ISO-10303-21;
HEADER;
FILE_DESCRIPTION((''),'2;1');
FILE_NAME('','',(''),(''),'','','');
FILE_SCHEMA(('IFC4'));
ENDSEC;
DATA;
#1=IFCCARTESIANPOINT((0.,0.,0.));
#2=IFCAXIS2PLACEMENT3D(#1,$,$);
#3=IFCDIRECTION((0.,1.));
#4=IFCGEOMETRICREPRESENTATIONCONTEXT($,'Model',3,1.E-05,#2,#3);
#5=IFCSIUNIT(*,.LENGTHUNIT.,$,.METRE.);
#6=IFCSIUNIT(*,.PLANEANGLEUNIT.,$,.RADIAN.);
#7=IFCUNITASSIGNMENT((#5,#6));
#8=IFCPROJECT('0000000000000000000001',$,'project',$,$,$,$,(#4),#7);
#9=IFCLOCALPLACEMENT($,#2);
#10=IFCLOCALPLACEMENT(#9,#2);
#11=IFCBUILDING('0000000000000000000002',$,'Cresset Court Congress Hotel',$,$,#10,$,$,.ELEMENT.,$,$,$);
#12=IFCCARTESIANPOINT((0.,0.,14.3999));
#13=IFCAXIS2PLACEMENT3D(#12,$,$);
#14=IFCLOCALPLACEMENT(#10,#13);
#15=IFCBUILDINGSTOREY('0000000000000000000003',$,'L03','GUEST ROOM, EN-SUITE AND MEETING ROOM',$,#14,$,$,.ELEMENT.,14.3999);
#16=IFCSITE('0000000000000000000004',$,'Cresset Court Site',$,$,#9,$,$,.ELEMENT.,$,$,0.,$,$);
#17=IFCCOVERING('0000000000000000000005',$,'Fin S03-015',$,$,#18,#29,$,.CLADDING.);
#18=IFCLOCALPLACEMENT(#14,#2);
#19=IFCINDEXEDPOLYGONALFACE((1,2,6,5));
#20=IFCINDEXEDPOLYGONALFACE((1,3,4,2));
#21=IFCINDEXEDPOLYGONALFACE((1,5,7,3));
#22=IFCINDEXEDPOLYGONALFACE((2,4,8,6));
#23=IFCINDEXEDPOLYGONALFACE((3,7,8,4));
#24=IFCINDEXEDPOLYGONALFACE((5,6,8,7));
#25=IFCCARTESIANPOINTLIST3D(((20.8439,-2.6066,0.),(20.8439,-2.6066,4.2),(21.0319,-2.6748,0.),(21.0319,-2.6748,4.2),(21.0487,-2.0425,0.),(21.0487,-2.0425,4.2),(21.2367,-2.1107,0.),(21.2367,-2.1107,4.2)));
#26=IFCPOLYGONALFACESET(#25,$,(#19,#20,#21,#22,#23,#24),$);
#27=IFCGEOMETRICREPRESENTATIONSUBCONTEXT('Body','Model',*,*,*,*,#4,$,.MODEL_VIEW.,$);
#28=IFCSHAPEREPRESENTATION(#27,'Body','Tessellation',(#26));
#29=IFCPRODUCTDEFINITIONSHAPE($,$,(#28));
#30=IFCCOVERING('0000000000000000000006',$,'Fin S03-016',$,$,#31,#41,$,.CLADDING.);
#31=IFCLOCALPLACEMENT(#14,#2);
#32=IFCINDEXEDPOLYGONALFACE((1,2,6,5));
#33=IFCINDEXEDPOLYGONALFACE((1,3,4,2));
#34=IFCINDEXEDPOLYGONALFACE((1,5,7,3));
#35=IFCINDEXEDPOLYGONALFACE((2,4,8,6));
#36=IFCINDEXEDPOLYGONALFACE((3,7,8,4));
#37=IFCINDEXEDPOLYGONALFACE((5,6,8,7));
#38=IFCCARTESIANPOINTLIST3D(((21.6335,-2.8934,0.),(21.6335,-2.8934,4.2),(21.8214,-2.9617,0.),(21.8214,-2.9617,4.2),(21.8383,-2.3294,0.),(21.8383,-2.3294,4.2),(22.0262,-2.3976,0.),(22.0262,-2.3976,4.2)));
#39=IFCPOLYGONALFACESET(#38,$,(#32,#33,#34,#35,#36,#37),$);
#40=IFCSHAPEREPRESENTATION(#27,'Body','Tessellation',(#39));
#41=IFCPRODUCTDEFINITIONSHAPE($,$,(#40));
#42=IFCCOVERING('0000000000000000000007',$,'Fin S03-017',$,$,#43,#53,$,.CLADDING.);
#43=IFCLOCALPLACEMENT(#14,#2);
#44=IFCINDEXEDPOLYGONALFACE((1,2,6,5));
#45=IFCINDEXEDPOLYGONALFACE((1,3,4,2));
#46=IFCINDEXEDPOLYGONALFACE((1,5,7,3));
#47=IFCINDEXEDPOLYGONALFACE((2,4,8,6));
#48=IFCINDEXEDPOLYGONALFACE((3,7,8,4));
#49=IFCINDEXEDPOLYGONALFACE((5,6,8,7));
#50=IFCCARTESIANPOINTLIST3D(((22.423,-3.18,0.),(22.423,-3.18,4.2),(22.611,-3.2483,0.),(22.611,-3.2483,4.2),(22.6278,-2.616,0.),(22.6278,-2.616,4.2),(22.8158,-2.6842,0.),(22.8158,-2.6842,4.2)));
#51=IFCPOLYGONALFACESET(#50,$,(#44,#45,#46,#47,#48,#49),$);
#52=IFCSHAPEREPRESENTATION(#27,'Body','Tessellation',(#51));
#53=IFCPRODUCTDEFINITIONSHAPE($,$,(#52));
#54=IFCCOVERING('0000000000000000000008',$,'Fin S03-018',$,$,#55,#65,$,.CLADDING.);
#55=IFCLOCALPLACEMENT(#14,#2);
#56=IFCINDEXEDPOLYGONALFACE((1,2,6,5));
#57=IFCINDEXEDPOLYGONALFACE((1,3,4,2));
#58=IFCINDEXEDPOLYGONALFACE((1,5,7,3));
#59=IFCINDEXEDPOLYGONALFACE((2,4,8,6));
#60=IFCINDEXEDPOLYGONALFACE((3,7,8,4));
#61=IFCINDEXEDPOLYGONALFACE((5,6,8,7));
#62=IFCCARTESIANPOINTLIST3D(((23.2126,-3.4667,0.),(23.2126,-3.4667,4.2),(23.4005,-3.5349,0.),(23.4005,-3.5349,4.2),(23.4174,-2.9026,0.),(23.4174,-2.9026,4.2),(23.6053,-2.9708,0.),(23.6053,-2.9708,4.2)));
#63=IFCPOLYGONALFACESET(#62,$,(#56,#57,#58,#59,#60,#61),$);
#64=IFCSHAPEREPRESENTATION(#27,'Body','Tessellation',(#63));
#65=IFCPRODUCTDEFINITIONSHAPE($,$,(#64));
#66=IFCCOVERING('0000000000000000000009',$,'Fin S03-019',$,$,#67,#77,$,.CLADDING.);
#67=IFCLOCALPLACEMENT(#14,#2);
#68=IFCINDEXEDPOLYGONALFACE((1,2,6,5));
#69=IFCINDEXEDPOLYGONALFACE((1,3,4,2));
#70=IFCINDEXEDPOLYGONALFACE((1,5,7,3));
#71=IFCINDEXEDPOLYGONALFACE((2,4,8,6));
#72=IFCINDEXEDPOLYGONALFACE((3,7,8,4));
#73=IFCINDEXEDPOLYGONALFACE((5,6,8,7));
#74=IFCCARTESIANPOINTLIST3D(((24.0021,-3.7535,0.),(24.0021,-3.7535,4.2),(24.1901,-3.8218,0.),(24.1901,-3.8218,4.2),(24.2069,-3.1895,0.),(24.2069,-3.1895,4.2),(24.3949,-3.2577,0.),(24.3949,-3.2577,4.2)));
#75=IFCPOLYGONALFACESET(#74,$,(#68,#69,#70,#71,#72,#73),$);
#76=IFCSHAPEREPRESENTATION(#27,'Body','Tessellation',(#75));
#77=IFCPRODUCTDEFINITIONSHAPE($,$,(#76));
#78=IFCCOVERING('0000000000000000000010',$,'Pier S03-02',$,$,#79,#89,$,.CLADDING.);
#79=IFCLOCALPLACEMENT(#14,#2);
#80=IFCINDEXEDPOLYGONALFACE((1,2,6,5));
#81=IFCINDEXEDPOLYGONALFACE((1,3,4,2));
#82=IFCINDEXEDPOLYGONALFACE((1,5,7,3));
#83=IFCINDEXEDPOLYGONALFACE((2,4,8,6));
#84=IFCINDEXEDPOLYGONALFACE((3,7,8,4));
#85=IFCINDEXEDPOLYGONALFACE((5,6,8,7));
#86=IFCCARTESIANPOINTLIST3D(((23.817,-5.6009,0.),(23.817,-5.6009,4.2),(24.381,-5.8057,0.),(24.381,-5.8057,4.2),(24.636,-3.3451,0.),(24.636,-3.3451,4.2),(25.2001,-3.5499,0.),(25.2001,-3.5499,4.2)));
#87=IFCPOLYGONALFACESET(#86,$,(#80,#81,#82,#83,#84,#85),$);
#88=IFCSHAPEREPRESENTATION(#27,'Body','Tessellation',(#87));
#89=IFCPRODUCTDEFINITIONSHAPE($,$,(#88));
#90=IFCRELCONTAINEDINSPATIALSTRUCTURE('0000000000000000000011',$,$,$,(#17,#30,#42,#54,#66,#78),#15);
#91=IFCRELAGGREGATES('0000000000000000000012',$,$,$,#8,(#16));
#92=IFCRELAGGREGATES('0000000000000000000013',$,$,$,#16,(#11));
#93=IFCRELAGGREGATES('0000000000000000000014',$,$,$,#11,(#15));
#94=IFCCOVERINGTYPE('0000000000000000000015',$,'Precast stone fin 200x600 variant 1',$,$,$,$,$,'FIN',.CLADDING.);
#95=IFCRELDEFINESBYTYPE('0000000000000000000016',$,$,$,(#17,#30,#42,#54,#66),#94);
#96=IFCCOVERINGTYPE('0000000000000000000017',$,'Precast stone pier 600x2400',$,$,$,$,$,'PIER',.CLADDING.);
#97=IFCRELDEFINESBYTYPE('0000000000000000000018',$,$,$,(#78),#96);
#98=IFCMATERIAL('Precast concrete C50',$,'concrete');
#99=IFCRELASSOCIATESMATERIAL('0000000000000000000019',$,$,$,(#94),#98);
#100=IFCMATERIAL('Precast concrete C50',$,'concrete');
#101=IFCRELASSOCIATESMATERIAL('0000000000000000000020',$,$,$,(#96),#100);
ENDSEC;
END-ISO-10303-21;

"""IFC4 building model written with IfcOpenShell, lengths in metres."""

from ifc_helpers import new_model, si_unit, direction, frame, origin, origin_2d, place, context, subcontext, project, spatial, rectangle, extrude, material, type_object, element, save


model = new_model("IFC4")

# Units and contexts
model_context = context("Model", 3, precision=1e-05, world=origin(), true_north=direction((0.0, 1.0)))
body_context = subcontext(model_context, "Body", "Model", "MODEL_VIEW")
ifc_project = project(units=[si_unit("LENGTHUNIT", "METRE"), si_unit("PLANEANGLEUNIT", "RADIAN")], contexts=[model_context])

# Site, building, storey
site_placement = place(None, origin())
site = spatial("IfcSite", under=ifc_project, at=site_placement, Name="Cresset Court Site", CompositionType="ELEMENT", RefElevation=0.0)
building_placement = place(site_placement, origin())
building = spatial("IfcBuilding", under=site, at=building_placement, Name="Cresset Court Congress Hotel", CompositionType="ELEMENT")
storey_placement = place(building_placement, frame((0.0, 0.0, 14.3999)))
storey = spatial("IfcBuildingStorey", under=building, at=storey_placement, Name="L03", Description="GUEST ROOM, EN-SUITE AND MEETING ROOM", CompositionType="ELEMENT", Elevation=14.3999)

# Coverings
ifc_material_1 = material(Name="Precast concrete C50", Category="concrete")
covering_type_1 = type_object("IfcCoveringType", Name="Precast stone fin 200x600 variant 1", ElementType="FIN", PredefinedType="CLADDING", material=ifc_material_1)
for number, where, z_axis, x_axis, name in (
    (1, (21.0403, -2.3586, 0.0), (0.0, 0.0, 1.0), (0.939957, -0.341293, 0.0), "Fin S03-015"),
    (2, (21.8298, -2.6455, 0.0), (0.0, 0.0, 1.0), (0.939957, -0.341293, 0.0), "Fin S03-016"),
    (3, (22.6194, -2.9321, 0.0), (0.0, 0.0, 1.0), (0.939957, -0.341293, 0.0), "Fin S03-017"),
    (4, (23.4089, -3.2188, 0.0), (0.0, 0.0, 1.0), (0.939957, -0.341293, 0.0), "Fin S03-018"),
    (5, (24.1985, -3.5056, 0.0), (0.0, 0.0, 1.0), (0.939957, -0.341293, 0.0), "Fin S03-019"),
):
    element("IfcCovering", number, at=place(storey_placement, frame(where, z_axis=z_axis, x_axis=x_axis)), inside=storey, type_object=covering_type_1, Name=name, PredefinedType="CLADDING", context=body_context, shape_type="SweptSolid", body=[
        extrude(rectangle(XDim=0.2, YDim=0.6001, at=origin_2d()), origin(), (0.0, 0.0, 1.0), 4.2),
    ])
ifc_material_2 = material(Name="Precast concrete C50", Category="concrete")
covering_type_2 = type_object("IfcCoveringType", Name="Precast stone pier 600x2400", ElementType="PIER", PredefinedType="CLADDING", material=ifc_material_2)
covering_placement = place(storey_placement, frame((24.5085, -4.5754, 0.0), z_axis=(0.0, 0.0, 1.0), x_axis=(0.939957, -0.341293, 0.0)))
element("IfcCovering", 6, at=covering_placement, inside=storey, type_object=covering_type_2, Name="Pier S03-02", PredefinedType="CLADDING", context=body_context, shape_type="SweptSolid", body=[
    extrude(rectangle(XDim=0.6001, YDim=2.3999, at=origin_2d()), origin(), (0.0, 0.0, 1.0), 4.2),
])

save(model, "model.ifc")
